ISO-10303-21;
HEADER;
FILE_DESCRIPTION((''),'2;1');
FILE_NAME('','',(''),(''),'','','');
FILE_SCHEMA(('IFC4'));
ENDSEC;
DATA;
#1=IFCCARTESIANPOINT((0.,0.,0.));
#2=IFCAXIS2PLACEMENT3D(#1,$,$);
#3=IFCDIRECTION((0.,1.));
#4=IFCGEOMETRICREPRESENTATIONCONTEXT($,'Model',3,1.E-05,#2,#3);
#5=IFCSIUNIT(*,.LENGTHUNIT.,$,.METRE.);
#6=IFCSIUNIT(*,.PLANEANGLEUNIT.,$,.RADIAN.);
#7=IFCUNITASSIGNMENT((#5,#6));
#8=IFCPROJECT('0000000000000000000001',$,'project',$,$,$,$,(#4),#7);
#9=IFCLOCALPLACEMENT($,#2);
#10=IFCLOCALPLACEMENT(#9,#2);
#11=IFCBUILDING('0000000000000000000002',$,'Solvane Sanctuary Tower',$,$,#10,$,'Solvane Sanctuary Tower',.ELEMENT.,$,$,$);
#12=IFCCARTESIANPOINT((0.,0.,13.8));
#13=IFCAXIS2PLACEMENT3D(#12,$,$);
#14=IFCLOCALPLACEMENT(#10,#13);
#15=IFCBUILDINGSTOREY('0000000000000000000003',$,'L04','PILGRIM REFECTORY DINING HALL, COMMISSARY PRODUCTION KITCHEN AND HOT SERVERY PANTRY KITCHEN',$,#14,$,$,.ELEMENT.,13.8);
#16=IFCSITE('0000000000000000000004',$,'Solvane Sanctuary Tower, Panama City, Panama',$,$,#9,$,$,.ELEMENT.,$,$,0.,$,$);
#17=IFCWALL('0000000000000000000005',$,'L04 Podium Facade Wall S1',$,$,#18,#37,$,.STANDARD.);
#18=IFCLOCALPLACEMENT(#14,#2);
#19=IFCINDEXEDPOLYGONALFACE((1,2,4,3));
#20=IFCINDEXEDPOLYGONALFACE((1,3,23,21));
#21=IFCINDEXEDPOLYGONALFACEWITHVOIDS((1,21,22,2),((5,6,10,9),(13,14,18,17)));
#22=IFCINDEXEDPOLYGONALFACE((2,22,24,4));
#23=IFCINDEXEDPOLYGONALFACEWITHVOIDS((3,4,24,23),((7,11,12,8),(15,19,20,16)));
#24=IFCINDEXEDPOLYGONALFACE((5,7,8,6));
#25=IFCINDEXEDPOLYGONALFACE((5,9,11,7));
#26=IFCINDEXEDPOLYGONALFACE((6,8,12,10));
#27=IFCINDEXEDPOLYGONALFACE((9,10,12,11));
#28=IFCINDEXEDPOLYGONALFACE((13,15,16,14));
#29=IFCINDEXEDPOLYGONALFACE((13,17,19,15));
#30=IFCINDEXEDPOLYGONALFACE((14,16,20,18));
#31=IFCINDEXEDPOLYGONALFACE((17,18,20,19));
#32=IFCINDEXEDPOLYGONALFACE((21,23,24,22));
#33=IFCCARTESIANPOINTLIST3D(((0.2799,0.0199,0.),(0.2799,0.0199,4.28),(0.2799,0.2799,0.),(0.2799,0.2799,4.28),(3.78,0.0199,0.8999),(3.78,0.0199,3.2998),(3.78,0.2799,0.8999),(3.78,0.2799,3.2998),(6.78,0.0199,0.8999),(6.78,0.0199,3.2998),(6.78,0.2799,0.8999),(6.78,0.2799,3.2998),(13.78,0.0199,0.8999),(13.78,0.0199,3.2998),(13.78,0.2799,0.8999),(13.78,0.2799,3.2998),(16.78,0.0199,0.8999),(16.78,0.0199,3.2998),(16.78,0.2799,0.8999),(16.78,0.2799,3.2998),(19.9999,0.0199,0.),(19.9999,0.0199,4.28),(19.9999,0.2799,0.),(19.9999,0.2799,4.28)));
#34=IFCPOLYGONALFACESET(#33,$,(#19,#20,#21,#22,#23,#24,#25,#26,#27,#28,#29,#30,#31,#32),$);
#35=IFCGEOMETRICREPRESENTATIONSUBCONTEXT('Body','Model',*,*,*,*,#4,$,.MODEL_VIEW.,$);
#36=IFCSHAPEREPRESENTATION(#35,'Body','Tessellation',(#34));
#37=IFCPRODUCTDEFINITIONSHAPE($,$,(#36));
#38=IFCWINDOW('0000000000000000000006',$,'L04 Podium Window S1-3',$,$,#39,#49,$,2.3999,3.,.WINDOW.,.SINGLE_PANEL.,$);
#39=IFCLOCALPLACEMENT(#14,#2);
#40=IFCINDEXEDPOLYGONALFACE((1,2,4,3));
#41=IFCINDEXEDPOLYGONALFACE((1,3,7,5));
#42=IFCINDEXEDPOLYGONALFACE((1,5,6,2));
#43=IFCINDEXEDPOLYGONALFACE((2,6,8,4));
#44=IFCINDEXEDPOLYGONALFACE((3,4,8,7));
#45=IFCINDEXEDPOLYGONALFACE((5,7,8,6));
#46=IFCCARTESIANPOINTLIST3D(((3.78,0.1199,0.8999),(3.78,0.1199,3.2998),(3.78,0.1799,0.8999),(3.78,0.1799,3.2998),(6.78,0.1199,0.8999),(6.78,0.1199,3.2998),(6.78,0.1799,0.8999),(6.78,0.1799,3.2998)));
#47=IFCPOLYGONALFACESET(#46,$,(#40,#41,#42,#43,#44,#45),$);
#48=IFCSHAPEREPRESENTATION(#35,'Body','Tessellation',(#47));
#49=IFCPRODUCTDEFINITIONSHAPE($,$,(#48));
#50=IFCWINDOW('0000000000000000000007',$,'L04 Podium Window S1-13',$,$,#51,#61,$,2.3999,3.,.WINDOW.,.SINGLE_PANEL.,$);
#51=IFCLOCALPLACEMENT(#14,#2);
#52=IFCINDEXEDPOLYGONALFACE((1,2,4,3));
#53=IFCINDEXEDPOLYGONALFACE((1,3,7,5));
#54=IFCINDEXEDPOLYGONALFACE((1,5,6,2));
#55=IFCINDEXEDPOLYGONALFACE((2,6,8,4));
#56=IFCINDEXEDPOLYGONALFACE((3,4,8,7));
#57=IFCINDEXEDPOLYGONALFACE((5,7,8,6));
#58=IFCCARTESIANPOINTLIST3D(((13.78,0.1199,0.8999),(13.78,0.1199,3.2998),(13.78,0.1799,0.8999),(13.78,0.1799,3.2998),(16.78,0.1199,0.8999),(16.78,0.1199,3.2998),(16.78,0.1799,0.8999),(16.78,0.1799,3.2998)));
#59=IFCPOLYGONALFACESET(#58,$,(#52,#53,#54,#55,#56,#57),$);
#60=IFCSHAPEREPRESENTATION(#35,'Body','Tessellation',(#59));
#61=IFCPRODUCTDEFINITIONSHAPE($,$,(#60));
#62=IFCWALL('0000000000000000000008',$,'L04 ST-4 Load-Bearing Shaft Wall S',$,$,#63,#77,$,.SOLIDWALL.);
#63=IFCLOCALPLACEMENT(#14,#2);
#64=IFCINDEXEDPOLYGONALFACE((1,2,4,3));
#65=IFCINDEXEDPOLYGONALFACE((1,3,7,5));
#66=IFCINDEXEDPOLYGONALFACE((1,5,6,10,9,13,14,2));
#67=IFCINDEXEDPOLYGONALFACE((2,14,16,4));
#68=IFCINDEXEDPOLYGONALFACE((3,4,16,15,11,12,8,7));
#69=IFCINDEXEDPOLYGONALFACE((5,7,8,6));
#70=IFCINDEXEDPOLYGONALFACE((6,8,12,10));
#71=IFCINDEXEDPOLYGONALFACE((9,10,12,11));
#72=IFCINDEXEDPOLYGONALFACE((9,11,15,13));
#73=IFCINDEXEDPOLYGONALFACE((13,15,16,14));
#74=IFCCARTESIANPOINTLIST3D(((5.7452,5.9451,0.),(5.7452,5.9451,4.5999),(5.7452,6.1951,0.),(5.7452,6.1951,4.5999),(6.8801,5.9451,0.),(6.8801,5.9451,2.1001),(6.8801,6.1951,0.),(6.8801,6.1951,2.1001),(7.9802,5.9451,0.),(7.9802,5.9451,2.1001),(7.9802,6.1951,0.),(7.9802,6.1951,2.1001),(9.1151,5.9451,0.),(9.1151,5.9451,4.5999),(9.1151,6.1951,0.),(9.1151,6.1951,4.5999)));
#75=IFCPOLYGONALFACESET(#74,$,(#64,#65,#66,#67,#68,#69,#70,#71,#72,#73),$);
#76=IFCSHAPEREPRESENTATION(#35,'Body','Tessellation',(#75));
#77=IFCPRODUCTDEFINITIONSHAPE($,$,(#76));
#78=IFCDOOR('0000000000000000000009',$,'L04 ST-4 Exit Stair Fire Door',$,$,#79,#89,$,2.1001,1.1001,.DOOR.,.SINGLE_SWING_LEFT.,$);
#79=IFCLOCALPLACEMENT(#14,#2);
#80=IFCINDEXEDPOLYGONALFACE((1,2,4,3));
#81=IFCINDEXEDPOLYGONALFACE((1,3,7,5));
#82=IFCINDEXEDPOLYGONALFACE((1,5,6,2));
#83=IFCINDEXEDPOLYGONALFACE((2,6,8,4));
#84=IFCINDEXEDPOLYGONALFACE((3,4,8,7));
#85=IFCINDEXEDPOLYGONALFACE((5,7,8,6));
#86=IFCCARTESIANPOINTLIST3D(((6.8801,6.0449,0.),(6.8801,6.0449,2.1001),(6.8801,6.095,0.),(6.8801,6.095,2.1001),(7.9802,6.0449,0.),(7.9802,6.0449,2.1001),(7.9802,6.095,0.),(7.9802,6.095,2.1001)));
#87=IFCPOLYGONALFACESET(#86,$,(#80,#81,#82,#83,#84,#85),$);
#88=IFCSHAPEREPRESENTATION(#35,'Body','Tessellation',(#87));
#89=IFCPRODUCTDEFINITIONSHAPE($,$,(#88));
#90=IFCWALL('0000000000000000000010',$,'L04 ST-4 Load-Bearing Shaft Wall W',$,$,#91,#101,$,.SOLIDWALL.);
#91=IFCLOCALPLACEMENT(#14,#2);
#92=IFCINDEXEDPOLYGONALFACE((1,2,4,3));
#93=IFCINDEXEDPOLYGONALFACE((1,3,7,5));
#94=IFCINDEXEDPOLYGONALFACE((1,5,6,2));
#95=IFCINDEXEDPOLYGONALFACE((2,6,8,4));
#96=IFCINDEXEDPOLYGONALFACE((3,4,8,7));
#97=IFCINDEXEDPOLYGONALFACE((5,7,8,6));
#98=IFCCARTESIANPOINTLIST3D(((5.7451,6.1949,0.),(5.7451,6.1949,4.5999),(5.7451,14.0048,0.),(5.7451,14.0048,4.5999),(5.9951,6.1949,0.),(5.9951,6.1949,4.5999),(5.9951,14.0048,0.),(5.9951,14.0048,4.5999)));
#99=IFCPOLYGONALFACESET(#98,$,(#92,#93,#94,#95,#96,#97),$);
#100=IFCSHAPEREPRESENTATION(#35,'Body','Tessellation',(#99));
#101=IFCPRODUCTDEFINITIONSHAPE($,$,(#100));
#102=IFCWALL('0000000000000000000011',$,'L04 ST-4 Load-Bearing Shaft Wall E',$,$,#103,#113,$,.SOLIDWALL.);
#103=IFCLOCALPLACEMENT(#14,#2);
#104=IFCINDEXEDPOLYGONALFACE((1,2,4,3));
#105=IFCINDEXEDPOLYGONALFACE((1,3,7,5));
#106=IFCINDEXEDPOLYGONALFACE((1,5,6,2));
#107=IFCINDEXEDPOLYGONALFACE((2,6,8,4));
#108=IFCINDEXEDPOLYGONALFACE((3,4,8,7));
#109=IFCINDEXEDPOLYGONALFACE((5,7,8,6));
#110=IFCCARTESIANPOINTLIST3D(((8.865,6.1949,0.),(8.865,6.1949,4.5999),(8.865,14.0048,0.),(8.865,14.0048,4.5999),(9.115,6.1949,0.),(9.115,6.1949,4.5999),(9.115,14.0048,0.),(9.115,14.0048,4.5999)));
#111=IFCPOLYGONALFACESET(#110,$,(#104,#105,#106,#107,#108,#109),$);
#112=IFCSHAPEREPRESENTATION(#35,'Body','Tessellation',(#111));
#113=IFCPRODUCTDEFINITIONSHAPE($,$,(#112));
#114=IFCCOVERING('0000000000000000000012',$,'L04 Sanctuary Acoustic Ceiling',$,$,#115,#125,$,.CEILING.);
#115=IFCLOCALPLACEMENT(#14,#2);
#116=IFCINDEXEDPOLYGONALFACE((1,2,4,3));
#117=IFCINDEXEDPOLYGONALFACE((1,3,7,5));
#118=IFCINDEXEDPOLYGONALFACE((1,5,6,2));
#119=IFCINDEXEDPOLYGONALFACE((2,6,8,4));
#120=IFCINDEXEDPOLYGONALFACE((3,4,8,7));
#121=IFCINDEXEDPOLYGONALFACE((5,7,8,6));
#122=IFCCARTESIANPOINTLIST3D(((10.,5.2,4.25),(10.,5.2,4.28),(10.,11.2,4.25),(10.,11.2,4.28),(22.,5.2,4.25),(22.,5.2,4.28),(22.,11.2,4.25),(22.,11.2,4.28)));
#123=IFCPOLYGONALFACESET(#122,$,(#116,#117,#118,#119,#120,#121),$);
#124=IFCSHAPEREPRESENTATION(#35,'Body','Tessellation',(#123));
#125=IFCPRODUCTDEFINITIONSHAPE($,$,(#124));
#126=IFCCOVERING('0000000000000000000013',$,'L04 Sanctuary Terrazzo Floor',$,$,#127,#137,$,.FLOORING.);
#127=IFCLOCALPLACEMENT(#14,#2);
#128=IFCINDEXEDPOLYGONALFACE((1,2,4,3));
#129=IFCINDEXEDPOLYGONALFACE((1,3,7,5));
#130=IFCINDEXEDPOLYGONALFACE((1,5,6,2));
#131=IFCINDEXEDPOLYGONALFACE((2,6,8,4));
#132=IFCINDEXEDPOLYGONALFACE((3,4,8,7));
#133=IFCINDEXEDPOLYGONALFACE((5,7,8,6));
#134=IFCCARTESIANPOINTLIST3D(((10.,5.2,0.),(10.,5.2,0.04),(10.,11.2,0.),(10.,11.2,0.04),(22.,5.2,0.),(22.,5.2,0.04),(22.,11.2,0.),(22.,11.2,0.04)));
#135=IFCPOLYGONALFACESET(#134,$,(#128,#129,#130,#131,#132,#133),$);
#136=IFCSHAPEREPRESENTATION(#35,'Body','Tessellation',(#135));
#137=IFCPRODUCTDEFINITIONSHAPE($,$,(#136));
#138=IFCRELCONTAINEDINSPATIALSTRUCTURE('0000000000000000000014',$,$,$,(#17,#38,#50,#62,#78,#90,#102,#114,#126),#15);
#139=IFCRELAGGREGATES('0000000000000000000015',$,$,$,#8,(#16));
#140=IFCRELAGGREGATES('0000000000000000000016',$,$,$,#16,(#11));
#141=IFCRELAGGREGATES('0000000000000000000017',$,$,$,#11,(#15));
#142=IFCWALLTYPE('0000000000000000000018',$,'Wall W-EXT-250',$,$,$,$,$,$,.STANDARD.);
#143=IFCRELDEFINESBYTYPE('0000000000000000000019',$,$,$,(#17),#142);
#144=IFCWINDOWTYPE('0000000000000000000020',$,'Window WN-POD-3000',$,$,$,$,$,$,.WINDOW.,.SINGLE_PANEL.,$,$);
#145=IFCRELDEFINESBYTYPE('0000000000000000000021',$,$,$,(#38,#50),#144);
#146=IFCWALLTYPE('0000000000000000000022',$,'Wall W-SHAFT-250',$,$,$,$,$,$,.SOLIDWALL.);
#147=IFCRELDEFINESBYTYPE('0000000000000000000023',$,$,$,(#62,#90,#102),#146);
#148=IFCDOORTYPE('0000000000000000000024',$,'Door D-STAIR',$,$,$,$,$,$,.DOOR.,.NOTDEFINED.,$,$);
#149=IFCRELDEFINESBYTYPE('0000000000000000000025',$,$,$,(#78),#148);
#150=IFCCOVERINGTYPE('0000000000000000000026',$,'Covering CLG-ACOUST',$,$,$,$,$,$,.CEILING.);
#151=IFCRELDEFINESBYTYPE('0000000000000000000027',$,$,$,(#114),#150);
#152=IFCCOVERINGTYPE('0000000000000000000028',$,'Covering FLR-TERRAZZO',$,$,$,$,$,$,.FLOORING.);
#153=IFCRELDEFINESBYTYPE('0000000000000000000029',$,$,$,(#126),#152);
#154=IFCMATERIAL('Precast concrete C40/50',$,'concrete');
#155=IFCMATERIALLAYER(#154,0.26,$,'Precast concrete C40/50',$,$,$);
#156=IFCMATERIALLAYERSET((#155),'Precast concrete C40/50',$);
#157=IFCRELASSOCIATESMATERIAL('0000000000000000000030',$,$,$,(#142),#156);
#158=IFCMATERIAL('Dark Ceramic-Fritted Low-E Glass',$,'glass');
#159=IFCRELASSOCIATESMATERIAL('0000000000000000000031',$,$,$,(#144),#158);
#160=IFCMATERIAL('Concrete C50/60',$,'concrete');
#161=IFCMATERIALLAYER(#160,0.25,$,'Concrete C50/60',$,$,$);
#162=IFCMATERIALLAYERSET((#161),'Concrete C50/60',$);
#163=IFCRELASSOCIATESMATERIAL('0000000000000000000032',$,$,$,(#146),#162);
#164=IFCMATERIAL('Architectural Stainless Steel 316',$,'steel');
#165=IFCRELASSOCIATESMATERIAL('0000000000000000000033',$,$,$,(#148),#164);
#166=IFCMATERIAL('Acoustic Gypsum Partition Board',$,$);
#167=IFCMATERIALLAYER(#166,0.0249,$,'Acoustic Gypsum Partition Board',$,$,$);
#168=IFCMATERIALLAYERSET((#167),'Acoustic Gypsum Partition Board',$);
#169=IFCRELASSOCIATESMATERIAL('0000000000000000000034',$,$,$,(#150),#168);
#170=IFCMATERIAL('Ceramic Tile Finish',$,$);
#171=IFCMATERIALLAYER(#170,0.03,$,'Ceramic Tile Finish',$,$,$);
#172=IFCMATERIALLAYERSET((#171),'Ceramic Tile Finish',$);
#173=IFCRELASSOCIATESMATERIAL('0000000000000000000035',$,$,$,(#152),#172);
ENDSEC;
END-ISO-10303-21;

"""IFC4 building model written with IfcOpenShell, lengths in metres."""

from ifc_helpers import new_model, si_unit, direction, frame, frame_2d, origin, place, context, subcontext, project, spatial, polyline, rectangle, outline, extrude, material, layer, layer_set, type_object, element, fill, save


model = new_model("IFC4")

# Units and contexts
model_context = context("Model", 3, precision=1e-05, world=origin(), true_north=direction((0.0, 1.0)))
body_context = subcontext(model_context, "Body", "Model", "MODEL_VIEW")
ifc_project = project(units=[si_unit("LENGTHUNIT", "METRE"), si_unit("PLANEANGLEUNIT", "RADIAN")], contexts=[model_context])

# Site, building, storey
site_placement = place(None, origin())
site = spatial("IfcSite", under=ifc_project, at=site_placement, Name="Solvane Sanctuary Tower, Panama City, Panama", CompositionType="ELEMENT", RefElevation=0.0)
building_placement = place(site_placement, origin())
building = spatial("IfcBuilding", under=site, at=building_placement, Name="Solvane Sanctuary Tower", LongName="Solvane Sanctuary Tower", CompositionType="ELEMENT")
storey_placement = place(building_placement, frame((0.0, 0.0, 13.8)))
storey = spatial("IfcBuildingStorey", under=building, at=storey_placement, Name="L04", Description="PILGRIM REFECTORY DINING HALL, COMMISSARY PRODUCTION KITCHEN AND HOT SERVERY PANTRY KITCHEN", CompositionType="ELEMENT", Elevation=13.8)

# Shared definitions
ifc_material_1 = material(Name="Concrete C50/60", Category="concrete")

# Shared definitions
ifc_material_2 = material(Name="Acoustic Gypsum Partition Board")

# Wall, openings, windows
ifc_material_3 = material(Name="Precast concrete C40/50", Category="concrete")
ifc_layer_1 = layer(ifc_material_3, 0.26, Name="Precast concrete C40/50")
ifc_layer_set_1 = layer_set([ifc_layer_1], Name="Precast concrete C40/50")
wall_type_1 = type_object("IfcWallType", Name="Wall W-EXT-250", PredefinedType="STANDARD", material=ifc_layer_set_1)
wall_1_placement = place(storey_placement, frame((0.28, 0.1499, 0.0), z_axis=(0.0, 0.0, 1.0), x_axis=(1.0, 0.0, 0.0)))
wall_1 = element("IfcWall", 1, at=wall_1_placement, inside=storey, type_object=wall_type_1, Name="L04 Podium Facade Wall S1", PredefinedType="STANDARD", context=body_context, shape_type="SweptSolid", body=[
    extrude(rectangle(XDim=19.72, YDim=0.26, at=frame_2d((9.8599, 0.0))), origin(), (0.0, 0.0, 1.0), 4.28),
])
opening_1_placement = place(wall_1_placement, frame((3.5, 0.0, 0.8999)))
opening_1 = element("IfcOpeningElement", 2, at=opening_1_placement, cuts=wall_1, PredefinedType="OPENING", context=body_context, shape_type="SweptSolid", body=[
    extrude(rectangle(XDim=3.0, YDim=2.3999, at=frame_2d((1.5, 1.2))), frame((0.0, 0.1399, 0.0), z_axis=(0.0, -1.0, 0.0), x_axis=(1.0, 0.0, 0.0)), (0.0, 0.0, 1.0), 0.28),
])
opening_2_placement = place(wall_1_placement, frame((13.5, 0.0, 0.8999)))
opening_2 = element("IfcOpeningElement", 3, at=opening_2_placement, cuts=wall_1, PredefinedType="OPENING", context=body_context, shape_type="SweptSolid", body=[
    extrude(rectangle(XDim=3.0, YDim=2.3999, at=frame_2d((1.5, 1.2))), frame((0.0, 0.1399, 0.0), z_axis=(0.0, -1.0, 0.0), x_axis=(1.0, 0.0, 0.0)), (0.0, 0.0, 1.0), 0.28),
])
ifc_material_4 = material(Name="Dark Ceramic-Fritted Low-E Glass", Category="glass")
window_type = type_object("IfcWindowType", Name="Window WN-POD-3000", PartitioningType="SINGLE_PANEL", PredefinedType="WINDOW", material=ifc_material_4)
window_1_placement = place(opening_1_placement, origin())
window_1 = element("IfcWindow", 4, at=window_1_placement, inside=storey, type_object=window_type, Name="L04 Podium Window S1-3", OverallHeight=2.3999, OverallWidth=3.0, PartitioningType="SINGLE_PANEL", PredefinedType="WINDOW", context=body_context, shape_type="SweptSolid", body=[
    extrude(rectangle(XDim=3.0, YDim=2.3999, at=frame_2d((1.5, 1.2))), frame((0.0, 0.03, 0.0), z_axis=(0.0, -1.0, 0.0), x_axis=(1.0, 0.0, 0.0)), (0.0, 0.0, 1.0), 0.0601),
])
fill(opening_1, window_1)
window_2_placement = place(opening_2_placement, origin())
window_2 = element("IfcWindow", 5, at=window_2_placement, inside=storey, type_object=window_type, Name="L04 Podium Window S1-13", OverallHeight=2.3999, OverallWidth=3.0, PartitioningType="SINGLE_PANEL", PredefinedType="WINDOW", context=body_context, shape_type="SweptSolid", body=[
    extrude(rectangle(XDim=3.0, YDim=2.3999, at=frame_2d((1.5, 1.2))), frame((0.0, 0.03, 0.0), z_axis=(0.0, -1.0, 0.0), x_axis=(1.0, 0.0, 0.0)), (0.0, 0.0, 1.0), 0.0601),
])
fill(opening_2, window_2)

# Wall, opening, door
ifc_layer_2 = layer(ifc_material_1, 0.25, Name="Concrete C50/60")
ifc_layer_set_2 = layer_set([ifc_layer_2], Name="Concrete C50/60")
wall_type_2 = type_object("IfcWallType", Name="Wall W-SHAFT-250", PredefinedType="SOLIDWALL", material=ifc_layer_set_2)
wall_2_placement = place(storey_placement, frame((5.7451, 6.0701, 0.0), z_axis=(0.0, 0.0, 1.0), x_axis=(1.0, 0.0, 0.0)))
wall_2 = element("IfcWall", 6, at=wall_2_placement, inside=storey, type_object=wall_type_2, Name="L04 ST-4 Load-Bearing Shaft Wall S", PredefinedType="SOLIDWALL", context=body_context, shape_type="SweptSolid", body=[
    extrude(rectangle(XDim=3.3699, YDim=0.25, at=frame_2d((1.6851, 0.0))), origin(), (0.0, 0.0, 1.0), 4.5999),
])
opening_3_placement = place(wall_2_placement, frame((1.135, 0.0, 0.0)))
opening_3 = element("IfcOpeningElement", 7, at=opening_3_placement, cuts=wall_2, PredefinedType="OPENING", context=body_context, shape_type="SweptSolid", body=[
    extrude(rectangle(XDim=1.1001, YDim=2.1001, at=frame_2d((0.55, 1.05))), frame((0.0, 0.135, 0.0), z_axis=(0.0, -1.0, 0.0), x_axis=(1.0, 0.0, 0.0)), (0.0, 0.0, 1.0), 0.27),
])
ifc_material_5 = material(Name="Architectural Stainless Steel 316", Category="steel")
door_type = type_object("IfcDoorType", Name="Door D-STAIR", OperationType="NOTDEFINED", PredefinedType="DOOR", material=ifc_material_5)
door_placement = place(opening_3_placement, origin())
door = element("IfcDoor", 8, at=door_placement, inside=storey, type_object=door_type, Name="L04 ST-4 Exit Stair Fire Door", OperationType="SINGLE_SWING_LEFT", OverallHeight=2.1001, OverallWidth=1.1001, PredefinedType="DOOR", context=body_context, shape_type="SweptSolid", body=[
    extrude(rectangle(XDim=1.1001, YDim=2.1001, at=frame_2d((0.55, 1.05))), frame((0.0, 0.0249, 0.0), z_axis=(0.0, -1.0, 0.0), x_axis=(1.0, 0.0, 0.0)), (0.0, 0.0, 1.0), 0.05),
])
fill(opening_3, door)

# Walls
for number, where, z_axis, x_axis, name in (
    (9, (5.8701, 6.1951, 0.0), (0.0, 0.0, 1.0), (0.0, 1.0, 0.0), "L04 ST-4 Load-Bearing Shaft Wall W"),
    (10, (8.99, 6.1951, 0.0), (0.0, 0.0, 1.0), (0.0, 1.0, 0.0), "L04 ST-4 Load-Bearing Shaft Wall E"),
):
    element("IfcWall", number, at=place(storey_placement, frame(where, z_axis=z_axis, x_axis=x_axis)), inside=storey, type_object=wall_type_2, Name=name, PredefinedType="SOLIDWALL", context=body_context, shape_type="SweptSolid", body=[
        extrude(rectangle(XDim=7.8098, YDim=0.25, at=frame_2d((3.9048, 0.0))), origin(), (0.0, 0.0, 1.0), 4.5999),
    ])

# Coverings
ifc_layer_3 = layer(ifc_material_2, 0.0249, Name="Acoustic Gypsum Partition Board")
ifc_layer_set_3 = layer_set([ifc_layer_3], Name="Acoustic Gypsum Partition Board")
covering_type_1 = type_object("IfcCoveringType", Name="Covering CLG-ACOUST", PredefinedType="CEILING", material=ifc_layer_set_3)
covering_1_placement = place(storey_placement, frame((0.0, 0.0, 4.25)))
element("IfcCovering", 11, at=covering_1_placement, inside=storey, type_object=covering_type_1, Name="L04 Sanctuary Acoustic Ceiling", PredefinedType="CEILING", context=body_context, shape_type="SweptSolid", body=[
    extrude(outline(polyline([(10.0, 5.2), (22.0, 5.2), (22.0, 11.2), (10.0, 11.2), (10.0, 5.2)])), origin(), (0.0, 0.0, 1.0), 0.03),
])
ifc_material_6 = material(Name="Ceramic Tile Finish")
ifc_layer_4 = layer(ifc_material_6, 0.03, Name="Ceramic Tile Finish")
ifc_layer_set_4 = layer_set([ifc_layer_4], Name="Ceramic Tile Finish")
covering_type_2 = type_object("IfcCoveringType", Name="Covering FLR-TERRAZZO", PredefinedType="FLOORING", material=ifc_layer_set_4)
covering_2_placement = place(storey_placement, origin())
element("IfcCovering", 12, at=covering_2_placement, inside=storey, type_object=covering_type_2, Name="L04 Sanctuary Terrazzo Floor", PredefinedType="FLOORING", context=body_context, shape_type="SweptSolid", body=[
    extrude(outline(polyline([(10.0, 5.2), (22.0, 5.2), (22.0, 11.2), (10.0, 11.2), (10.0, 5.2)])), origin(), (0.0, 0.0, 1.0), 0.04),
])

save(model, "model.ifc")
